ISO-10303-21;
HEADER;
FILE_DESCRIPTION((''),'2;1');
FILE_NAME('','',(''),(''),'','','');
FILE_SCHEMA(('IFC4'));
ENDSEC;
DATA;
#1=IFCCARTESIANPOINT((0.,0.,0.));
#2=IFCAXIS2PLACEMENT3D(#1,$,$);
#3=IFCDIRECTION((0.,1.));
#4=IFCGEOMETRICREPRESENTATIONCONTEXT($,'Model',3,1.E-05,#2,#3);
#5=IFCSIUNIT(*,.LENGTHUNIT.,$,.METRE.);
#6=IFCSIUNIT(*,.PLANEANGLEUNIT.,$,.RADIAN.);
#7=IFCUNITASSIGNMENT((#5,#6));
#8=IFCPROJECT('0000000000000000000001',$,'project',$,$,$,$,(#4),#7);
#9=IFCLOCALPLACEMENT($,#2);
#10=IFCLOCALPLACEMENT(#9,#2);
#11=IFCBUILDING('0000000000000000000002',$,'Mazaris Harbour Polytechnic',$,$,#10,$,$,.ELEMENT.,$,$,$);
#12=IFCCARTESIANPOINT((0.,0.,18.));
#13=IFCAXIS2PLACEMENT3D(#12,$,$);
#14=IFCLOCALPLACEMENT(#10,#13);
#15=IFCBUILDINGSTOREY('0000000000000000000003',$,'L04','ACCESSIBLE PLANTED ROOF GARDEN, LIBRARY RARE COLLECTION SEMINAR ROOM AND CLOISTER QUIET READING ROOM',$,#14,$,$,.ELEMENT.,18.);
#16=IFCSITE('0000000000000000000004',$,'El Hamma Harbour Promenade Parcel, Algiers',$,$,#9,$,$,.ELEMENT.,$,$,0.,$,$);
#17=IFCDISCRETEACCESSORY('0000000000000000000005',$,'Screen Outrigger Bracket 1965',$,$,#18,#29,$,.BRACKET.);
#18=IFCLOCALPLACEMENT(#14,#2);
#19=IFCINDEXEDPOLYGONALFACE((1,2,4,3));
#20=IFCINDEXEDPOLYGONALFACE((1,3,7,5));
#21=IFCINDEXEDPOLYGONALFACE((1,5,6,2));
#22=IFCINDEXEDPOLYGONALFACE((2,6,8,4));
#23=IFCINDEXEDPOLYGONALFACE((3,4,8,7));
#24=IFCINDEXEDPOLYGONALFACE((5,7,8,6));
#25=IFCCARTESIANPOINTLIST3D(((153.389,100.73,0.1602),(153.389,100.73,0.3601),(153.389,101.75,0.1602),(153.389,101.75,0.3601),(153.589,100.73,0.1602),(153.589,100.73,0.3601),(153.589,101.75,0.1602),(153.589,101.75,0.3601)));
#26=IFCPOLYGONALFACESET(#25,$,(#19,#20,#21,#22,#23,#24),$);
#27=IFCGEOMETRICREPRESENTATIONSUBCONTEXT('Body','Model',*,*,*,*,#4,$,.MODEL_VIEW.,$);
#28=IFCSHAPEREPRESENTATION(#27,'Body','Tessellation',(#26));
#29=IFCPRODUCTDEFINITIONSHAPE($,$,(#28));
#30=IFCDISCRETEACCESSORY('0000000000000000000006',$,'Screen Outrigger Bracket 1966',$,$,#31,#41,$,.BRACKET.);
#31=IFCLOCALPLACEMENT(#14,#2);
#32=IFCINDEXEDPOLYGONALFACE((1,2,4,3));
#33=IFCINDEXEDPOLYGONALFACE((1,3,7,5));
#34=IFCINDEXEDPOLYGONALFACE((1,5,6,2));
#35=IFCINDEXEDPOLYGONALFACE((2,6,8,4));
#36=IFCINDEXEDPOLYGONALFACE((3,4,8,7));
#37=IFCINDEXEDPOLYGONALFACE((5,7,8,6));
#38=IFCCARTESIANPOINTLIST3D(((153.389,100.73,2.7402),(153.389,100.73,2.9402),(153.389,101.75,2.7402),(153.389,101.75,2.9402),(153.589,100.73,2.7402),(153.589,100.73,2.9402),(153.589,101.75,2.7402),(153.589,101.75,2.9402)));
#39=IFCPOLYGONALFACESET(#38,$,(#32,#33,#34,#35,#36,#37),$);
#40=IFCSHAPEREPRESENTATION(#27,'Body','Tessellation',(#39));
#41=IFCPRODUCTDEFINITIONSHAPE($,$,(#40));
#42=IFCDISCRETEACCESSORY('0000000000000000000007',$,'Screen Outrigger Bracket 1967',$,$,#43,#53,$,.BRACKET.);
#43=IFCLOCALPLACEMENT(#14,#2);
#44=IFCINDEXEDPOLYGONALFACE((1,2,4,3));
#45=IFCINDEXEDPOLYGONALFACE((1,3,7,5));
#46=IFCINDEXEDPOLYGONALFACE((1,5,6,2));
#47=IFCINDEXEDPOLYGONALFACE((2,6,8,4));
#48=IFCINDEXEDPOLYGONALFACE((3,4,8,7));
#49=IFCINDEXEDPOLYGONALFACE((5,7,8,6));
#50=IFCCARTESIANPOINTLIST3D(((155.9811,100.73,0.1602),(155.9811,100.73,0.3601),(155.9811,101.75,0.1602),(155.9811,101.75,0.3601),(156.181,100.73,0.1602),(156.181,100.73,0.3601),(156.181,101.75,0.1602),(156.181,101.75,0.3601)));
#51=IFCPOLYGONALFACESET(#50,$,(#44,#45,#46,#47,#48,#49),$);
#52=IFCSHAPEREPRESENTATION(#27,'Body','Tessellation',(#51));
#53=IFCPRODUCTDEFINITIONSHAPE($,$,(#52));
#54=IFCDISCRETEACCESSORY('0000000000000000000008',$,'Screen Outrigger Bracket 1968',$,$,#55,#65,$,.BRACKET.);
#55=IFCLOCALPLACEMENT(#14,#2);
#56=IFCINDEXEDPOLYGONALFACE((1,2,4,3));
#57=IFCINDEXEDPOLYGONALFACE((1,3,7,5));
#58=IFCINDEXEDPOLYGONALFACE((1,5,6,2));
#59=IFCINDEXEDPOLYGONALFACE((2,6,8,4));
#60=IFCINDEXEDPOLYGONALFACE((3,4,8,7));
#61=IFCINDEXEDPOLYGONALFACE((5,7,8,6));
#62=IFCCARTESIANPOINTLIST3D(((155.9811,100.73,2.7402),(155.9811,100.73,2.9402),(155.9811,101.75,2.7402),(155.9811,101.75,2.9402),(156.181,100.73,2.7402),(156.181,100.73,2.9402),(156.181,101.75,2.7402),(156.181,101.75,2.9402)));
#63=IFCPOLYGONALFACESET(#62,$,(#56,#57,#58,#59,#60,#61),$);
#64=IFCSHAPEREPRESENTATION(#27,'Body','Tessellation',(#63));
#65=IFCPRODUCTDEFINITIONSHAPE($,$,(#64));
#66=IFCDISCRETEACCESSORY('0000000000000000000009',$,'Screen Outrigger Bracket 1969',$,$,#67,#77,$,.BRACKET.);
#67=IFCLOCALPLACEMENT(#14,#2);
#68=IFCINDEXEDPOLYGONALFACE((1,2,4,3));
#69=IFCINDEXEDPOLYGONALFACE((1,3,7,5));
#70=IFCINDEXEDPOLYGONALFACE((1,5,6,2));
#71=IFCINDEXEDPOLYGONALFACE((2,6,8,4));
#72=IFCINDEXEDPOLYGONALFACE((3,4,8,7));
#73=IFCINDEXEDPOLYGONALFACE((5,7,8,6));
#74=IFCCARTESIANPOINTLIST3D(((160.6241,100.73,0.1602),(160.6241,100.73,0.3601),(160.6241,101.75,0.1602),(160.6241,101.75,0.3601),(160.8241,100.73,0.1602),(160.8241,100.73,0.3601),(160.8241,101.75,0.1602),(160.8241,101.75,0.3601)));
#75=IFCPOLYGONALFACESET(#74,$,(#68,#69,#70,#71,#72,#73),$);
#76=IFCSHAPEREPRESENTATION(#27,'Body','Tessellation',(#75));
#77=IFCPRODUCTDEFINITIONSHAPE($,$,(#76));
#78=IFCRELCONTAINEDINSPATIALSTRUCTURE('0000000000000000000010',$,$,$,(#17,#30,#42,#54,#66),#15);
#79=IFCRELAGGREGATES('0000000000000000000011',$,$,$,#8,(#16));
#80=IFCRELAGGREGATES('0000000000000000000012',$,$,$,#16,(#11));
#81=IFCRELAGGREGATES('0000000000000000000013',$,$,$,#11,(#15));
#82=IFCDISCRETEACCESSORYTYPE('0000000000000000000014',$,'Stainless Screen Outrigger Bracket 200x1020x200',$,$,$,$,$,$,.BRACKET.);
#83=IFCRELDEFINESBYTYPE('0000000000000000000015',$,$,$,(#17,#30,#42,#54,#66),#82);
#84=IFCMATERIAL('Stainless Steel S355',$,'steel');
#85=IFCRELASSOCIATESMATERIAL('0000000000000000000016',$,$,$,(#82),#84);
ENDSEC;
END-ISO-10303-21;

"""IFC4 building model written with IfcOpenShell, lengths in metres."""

from ifc_helpers import new_model, si_unit, direction, frame, origin, origin_2d, place, context, subcontext, project, spatial, rectangle, extrude, material, type_object, element, save


model = new_model("IFC4")

# Units and contexts
model_context = context("Model", 3, precision=1e-05, world=origin(), true_north=direction((0.0, 1.0)))
body_context = subcontext(model_context, "Body", "Model", "MODEL_VIEW")
ifc_project = project(units=[si_unit("LENGTHUNIT", "METRE"), si_unit("PLANEANGLEUNIT", "RADIAN")], contexts=[model_context])

# Site, building, storey
site_placement = place(None, origin())
site = spatial("IfcSite", under=ifc_project, at=site_placement, Name="El Hamma Harbour Promenade Parcel, Algiers", CompositionType="ELEMENT", RefElevation=0.0)
building_placement = place(site_placement, origin())
building = spatial("IfcBuilding", under=site, at=building_placement, Name="Mazaris Harbour Polytechnic", CompositionType="ELEMENT")
storey_placement = place(building_placement, frame((0.0, 0.0, 18.0)))
storey = spatial("IfcBuildingStorey", under=building, at=storey_placement, Name="L04", Description="ACCESSIBLE PLANTED ROOF GARDEN, LIBRARY RARE COLLECTION SEMINAR ROOM AND CLOISTER QUIET READING ROOM", CompositionType="ELEMENT", Elevation=18.0)

# Discrete accessories
ifc_material_1 = material(Name="Stainless Steel S355", Category="steel")
discrete_accessory_type = type_object("IfcDiscreteAccessoryType", Name="Stainless Screen Outrigger Bracket 200x1020x200", PredefinedType="BRACKET", material=ifc_material_1)
for number, where, z_axis, x_axis, name in (
    (1, (153.489, 101.24, 0.1602), (0.0, 0.0, 1.0), (1.0, 0.0, 0.0), "Screen Outrigger Bracket 1965"),
    (2, (153.489, 101.24, 2.7402), (0.0, 0.0, 1.0), (1.0, 0.0, 0.0), "Screen Outrigger Bracket 1966"),
    (3, (156.0811, 101.24, 0.1602), (0.0, 0.0, 1.0), (1.0, 0.0, 0.0), "Screen Outrigger Bracket 1967"),
    (4, (156.0811, 101.24, 2.7402), (0.0, 0.0, 1.0), (1.0, 0.0, 0.0), "Screen Outrigger Bracket 1968"),
    (5, (160.7241, 101.24, 0.1602), (0.0, 0.0, 1.0), (1.0, 0.0, 0.0), "Screen Outrigger Bracket 1969"),
):
    element("IfcDiscreteAccessory", number, at=place(storey_placement, frame(where, z_axis=z_axis, x_axis=x_axis)), inside=storey, type_object=discrete_accessory_type, Name=name, PredefinedType="BRACKET", context=body_context, shape_type="SweptSolid", body=[
        extrude(rectangle(XDim=0.2, YDim=1.02, at=origin_2d()), origin(), (0.0, 0.0, 1.0), 0.2),
    ])

save(model, "model.ifc")
